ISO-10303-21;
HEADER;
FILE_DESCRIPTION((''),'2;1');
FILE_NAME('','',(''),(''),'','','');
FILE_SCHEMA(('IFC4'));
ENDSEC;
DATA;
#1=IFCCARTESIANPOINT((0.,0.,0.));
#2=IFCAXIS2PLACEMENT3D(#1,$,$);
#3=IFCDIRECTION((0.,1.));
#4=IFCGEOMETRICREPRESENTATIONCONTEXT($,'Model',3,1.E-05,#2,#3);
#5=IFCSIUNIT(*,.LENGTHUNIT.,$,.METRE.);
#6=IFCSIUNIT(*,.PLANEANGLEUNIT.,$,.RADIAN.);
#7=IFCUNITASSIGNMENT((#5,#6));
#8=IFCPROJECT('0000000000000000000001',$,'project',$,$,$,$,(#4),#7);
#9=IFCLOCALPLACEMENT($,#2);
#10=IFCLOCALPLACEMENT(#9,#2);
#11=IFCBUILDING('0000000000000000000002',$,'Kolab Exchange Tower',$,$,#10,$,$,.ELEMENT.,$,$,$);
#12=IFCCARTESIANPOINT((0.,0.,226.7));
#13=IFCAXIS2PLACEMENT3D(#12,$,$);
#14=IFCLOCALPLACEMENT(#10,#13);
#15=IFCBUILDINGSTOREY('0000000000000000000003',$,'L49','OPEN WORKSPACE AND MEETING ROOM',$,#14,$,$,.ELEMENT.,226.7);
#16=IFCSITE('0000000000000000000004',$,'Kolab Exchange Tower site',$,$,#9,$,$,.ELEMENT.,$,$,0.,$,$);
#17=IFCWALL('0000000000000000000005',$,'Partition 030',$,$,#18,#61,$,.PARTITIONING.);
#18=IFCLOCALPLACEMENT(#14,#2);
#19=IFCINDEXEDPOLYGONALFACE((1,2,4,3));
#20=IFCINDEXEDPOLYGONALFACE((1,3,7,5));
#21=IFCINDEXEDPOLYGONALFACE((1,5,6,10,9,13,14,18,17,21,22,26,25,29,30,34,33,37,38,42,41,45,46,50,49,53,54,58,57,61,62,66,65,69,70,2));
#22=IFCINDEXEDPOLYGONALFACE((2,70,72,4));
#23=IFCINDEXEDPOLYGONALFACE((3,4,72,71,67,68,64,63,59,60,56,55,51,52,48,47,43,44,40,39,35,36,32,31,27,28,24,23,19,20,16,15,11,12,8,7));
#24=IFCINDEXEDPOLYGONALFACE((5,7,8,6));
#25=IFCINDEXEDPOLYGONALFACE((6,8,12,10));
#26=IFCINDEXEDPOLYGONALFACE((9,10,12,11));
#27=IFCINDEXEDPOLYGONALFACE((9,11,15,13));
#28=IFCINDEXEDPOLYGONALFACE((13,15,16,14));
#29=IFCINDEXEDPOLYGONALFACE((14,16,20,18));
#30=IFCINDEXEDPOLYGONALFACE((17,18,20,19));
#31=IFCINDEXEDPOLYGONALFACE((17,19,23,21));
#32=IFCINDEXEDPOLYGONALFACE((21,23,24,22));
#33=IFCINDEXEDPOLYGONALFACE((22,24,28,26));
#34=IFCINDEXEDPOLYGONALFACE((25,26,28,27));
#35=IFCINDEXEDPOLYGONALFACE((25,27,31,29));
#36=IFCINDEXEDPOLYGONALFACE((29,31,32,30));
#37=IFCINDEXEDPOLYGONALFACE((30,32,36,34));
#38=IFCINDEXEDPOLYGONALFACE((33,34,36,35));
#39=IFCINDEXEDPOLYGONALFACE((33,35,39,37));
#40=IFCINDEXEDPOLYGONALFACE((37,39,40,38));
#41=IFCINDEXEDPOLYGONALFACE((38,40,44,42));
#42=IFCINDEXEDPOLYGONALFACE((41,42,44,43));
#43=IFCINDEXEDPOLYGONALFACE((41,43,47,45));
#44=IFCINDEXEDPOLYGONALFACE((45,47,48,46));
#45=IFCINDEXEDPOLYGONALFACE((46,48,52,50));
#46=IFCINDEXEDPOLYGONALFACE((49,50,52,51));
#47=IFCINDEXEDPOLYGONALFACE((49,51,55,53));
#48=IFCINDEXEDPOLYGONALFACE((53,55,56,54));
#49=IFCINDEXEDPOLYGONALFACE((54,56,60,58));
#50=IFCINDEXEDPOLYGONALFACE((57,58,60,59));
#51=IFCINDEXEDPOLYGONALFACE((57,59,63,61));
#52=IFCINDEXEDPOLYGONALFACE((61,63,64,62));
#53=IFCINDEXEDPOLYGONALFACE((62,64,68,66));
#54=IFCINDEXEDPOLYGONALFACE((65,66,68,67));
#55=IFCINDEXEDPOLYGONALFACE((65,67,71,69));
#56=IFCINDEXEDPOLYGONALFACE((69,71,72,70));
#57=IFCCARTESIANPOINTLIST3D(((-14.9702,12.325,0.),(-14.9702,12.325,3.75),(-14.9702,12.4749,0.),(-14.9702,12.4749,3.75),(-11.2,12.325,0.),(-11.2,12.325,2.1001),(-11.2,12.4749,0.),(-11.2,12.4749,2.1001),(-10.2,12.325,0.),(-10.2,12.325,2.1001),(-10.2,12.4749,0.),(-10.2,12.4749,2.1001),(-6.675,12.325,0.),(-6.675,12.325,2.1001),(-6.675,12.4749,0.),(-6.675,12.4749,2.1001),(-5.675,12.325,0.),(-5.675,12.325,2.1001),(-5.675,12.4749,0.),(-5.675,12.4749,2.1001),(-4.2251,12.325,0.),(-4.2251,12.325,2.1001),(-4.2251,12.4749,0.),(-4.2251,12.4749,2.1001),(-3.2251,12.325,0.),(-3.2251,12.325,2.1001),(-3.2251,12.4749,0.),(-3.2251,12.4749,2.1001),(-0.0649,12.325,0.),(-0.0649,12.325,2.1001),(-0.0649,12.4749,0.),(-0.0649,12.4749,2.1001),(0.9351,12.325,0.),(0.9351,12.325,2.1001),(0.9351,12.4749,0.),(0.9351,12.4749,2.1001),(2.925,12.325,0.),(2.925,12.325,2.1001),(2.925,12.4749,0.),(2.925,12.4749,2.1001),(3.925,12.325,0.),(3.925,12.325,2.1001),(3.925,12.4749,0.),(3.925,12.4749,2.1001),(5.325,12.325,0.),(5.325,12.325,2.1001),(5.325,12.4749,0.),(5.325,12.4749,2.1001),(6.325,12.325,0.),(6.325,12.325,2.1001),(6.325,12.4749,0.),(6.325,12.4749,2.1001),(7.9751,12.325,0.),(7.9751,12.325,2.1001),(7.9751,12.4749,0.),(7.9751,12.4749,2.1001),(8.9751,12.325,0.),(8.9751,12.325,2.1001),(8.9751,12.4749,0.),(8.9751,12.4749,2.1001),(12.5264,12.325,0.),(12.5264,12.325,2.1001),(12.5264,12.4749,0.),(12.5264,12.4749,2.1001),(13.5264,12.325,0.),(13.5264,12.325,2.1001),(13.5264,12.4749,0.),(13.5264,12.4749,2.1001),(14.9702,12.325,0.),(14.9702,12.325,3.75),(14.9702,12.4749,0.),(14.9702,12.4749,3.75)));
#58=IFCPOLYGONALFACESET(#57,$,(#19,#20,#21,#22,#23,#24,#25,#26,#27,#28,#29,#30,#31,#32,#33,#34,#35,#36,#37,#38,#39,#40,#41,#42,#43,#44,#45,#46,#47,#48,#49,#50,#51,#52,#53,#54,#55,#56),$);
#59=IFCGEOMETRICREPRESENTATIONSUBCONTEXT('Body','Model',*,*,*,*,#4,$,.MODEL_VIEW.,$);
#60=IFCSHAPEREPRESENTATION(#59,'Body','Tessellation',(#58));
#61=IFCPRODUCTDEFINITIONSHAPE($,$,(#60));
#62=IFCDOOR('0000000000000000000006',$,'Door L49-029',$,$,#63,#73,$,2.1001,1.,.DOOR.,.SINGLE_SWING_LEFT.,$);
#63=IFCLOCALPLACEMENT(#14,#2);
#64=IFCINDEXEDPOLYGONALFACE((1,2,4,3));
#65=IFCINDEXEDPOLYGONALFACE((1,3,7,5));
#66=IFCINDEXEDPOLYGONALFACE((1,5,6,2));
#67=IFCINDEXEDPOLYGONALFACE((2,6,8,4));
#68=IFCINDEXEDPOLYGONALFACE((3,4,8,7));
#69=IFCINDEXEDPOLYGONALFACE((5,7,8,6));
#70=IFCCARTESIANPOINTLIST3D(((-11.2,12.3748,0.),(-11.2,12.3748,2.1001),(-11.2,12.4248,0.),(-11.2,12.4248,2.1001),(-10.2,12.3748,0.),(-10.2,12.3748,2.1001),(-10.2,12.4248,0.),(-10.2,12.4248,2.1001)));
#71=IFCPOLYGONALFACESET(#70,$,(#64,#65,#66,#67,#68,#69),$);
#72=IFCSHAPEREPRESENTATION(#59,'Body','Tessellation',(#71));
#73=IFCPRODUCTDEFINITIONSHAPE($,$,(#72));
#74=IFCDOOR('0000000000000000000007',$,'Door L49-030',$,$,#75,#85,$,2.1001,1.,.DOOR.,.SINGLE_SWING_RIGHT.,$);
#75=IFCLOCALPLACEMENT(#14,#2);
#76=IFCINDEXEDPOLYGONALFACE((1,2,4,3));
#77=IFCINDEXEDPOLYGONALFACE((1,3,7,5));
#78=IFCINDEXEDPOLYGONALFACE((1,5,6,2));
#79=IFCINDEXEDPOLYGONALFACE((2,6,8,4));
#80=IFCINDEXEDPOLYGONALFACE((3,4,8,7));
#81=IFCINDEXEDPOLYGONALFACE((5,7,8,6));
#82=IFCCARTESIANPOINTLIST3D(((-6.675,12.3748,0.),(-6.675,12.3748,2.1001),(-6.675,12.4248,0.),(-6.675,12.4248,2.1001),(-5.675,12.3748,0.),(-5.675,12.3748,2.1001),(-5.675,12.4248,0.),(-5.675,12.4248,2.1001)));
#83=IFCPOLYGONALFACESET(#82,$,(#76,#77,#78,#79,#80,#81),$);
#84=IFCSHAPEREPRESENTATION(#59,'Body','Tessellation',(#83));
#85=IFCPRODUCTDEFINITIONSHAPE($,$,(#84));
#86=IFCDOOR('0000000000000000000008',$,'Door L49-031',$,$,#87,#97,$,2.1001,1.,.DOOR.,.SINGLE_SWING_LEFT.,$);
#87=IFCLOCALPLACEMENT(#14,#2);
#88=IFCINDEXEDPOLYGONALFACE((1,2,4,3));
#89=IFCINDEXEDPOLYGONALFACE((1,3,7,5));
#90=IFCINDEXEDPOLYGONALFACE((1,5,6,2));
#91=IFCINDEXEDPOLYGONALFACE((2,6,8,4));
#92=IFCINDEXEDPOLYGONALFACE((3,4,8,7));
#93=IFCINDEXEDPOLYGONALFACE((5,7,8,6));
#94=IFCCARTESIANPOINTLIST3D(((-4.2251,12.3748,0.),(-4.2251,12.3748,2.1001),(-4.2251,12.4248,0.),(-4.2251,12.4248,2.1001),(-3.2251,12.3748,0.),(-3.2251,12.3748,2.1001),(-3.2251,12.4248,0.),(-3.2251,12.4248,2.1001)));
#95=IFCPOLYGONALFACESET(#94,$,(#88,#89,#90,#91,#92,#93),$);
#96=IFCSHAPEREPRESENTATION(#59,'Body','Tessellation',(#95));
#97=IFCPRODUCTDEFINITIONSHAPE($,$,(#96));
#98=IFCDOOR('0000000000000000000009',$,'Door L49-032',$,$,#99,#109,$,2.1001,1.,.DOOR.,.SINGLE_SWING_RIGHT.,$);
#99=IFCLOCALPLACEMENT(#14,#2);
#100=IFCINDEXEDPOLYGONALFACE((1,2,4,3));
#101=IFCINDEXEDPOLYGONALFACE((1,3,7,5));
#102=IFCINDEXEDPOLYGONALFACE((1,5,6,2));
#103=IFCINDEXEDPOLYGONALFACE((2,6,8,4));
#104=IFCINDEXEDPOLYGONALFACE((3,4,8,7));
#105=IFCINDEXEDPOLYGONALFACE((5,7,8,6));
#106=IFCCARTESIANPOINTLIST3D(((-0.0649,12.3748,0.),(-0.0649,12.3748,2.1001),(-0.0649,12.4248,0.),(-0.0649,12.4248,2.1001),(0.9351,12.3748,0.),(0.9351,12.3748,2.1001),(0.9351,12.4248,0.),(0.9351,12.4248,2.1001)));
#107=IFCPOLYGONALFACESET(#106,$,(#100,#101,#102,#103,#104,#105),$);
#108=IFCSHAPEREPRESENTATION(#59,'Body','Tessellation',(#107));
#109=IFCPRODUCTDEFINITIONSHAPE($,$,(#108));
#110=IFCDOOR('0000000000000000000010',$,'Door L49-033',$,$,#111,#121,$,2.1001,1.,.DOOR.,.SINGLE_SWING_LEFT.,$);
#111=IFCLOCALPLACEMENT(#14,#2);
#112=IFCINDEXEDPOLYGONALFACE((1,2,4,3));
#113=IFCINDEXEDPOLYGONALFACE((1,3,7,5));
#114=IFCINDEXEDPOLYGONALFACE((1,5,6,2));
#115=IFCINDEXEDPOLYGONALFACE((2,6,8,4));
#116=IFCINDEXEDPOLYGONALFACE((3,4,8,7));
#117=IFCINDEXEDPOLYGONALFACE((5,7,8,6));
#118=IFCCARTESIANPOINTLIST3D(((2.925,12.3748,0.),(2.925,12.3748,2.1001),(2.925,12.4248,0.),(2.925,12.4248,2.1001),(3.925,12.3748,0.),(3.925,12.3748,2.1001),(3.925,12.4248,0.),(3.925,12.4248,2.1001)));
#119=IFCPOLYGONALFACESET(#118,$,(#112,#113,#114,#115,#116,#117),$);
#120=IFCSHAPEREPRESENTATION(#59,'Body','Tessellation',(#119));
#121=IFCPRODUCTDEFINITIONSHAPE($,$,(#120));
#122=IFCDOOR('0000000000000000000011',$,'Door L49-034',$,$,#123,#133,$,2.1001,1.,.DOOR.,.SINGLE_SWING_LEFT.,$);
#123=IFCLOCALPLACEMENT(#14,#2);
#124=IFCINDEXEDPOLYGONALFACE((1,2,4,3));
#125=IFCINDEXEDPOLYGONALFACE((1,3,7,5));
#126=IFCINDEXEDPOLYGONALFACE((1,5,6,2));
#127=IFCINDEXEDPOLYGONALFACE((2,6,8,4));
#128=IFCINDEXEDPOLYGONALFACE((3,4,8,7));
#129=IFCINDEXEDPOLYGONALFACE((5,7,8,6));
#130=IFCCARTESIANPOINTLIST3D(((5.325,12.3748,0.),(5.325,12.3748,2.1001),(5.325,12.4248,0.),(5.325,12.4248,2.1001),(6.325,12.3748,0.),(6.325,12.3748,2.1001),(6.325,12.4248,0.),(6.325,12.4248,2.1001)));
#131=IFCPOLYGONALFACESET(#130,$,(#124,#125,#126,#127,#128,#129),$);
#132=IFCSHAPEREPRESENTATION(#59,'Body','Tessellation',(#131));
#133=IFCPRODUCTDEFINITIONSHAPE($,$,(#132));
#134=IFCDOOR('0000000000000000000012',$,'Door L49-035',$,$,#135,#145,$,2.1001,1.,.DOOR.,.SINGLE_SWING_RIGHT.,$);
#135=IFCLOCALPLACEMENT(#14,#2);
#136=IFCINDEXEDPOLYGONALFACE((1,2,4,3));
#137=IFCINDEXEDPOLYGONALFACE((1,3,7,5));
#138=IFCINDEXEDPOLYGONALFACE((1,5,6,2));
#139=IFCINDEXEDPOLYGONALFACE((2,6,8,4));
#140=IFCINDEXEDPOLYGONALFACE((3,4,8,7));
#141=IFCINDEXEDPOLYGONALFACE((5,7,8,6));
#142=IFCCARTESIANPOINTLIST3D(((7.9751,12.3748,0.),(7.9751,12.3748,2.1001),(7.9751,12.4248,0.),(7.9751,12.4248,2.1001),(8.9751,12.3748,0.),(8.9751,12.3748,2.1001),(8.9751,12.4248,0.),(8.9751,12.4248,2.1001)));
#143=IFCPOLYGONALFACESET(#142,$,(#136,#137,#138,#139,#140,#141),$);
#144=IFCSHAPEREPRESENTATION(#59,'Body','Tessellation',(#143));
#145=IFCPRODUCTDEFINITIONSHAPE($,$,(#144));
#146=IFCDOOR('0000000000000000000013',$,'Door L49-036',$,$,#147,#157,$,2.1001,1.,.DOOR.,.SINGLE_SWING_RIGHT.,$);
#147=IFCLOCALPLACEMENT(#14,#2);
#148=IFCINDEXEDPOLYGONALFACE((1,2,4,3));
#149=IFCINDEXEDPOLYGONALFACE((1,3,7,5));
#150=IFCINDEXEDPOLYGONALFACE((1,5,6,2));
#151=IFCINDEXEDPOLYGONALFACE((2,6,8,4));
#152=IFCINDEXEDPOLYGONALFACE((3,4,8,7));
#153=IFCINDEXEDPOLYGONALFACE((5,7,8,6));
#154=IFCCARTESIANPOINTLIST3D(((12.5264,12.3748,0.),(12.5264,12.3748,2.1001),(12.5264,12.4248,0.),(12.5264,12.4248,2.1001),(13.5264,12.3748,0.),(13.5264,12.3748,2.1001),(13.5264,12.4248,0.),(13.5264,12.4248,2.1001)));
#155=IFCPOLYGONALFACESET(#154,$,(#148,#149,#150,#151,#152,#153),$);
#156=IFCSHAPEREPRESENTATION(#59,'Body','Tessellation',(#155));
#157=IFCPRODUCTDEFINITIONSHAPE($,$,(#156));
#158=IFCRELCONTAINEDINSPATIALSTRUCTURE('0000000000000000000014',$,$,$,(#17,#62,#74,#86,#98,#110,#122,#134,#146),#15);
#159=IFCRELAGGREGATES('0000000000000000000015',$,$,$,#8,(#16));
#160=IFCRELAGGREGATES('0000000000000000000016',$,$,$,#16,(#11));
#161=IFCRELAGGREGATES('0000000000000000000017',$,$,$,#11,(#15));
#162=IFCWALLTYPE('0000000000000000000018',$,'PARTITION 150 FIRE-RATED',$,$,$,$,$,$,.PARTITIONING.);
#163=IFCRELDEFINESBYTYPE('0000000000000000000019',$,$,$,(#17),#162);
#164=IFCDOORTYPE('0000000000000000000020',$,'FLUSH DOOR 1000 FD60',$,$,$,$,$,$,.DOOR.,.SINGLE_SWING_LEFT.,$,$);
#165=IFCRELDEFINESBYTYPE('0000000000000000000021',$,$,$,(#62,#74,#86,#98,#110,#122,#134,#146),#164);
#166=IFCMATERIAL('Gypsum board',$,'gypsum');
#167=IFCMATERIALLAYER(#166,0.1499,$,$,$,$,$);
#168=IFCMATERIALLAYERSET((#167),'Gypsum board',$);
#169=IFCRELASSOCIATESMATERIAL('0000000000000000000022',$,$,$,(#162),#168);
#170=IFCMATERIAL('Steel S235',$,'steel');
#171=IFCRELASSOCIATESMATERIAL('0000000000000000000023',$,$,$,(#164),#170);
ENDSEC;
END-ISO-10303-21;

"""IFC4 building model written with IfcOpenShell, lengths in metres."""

from ifc_helpers import new_model, si_unit, direction, frame, frame_2d, origin, place, context, subcontext, project, spatial, rectangle, extrude, material, layer, layer_set, type_object, element, fill, save


model = new_model("IFC4")

# Units and contexts
model_context = context("Model", 3, precision=1e-05, world=origin(), true_north=direction((0.0, 1.0)))
body_context = subcontext(model_context, "Body", "Model", "MODEL_VIEW")
ifc_project = project(units=[si_unit("LENGTHUNIT", "METRE"), si_unit("PLANEANGLEUNIT", "RADIAN")], contexts=[model_context])

# Site, building, storey
site_placement = place(None, origin())
site = spatial("IfcSite", under=ifc_project, at=site_placement, Name="Kolab Exchange Tower site", CompositionType="ELEMENT", RefElevation=0.0)
building_placement = place(site_placement, origin())
building = spatial("IfcBuilding", under=site, at=building_placement, Name="Kolab Exchange Tower", CompositionType="ELEMENT")
storey_placement = place(building_placement, frame((0.0, 0.0, 226.7)))
storey = spatial("IfcBuildingStorey", under=building, at=storey_placement, Name="L49", Description="OPEN WORKSPACE AND MEETING ROOM", CompositionType="ELEMENT", Elevation=226.7)

# Shared definitions
ifc_material_1 = material(Name="Gypsum board", Category="gypsum")
ifc_layer_1 = layer(ifc_material_1, 0.1499)
ifc_layer_set_1 = layer_set([ifc_layer_1], Name="Gypsum board")
wall_type_1 = type_object("IfcWallType", Name="PARTITION 150 FIRE-RATED", PredefinedType="PARTITIONING", material=ifc_layer_set_1)

# Wall, openings, doors
wall_1_placement = place(storey_placement, frame((-14.9702, 12.3999, 0.0), z_axis=(0.0, 0.0, 1.0), x_axis=(1.0, 0.0, 0.0)))
wall_1 = element("IfcWall", 1, at=wall_1_placement, inside=storey, type_object=wall_type_1, Name="Partition 030", PredefinedType="PARTITIONING", context=body_context, shape_type="SweptSolid", body=[
    extrude(rectangle(XDim=29.9404, YDim=0.1499, at=frame_2d((14.9702, 0.0))), origin(), (0.0, 0.0, 1.0), 3.75),
])
opening_1_placement = place(wall_1_placement, frame((3.7703, 0.0, 0.0)))
opening_1 = element("IfcOpeningElement", 2, at=opening_1_placement, cuts=wall_1, PredefinedType="OPENING", context=body_context, shape_type="SweptSolid", body=[
    extrude(rectangle(XDim=1.0, YDim=2.1001, at=frame_2d((0.5, 1.05))), frame((0.0, 0.085, 0.0), z_axis=(0.0, -1.0, 0.0), x_axis=(1.0, 0.0, 0.0)), (0.0, 0.0, 1.0), 0.1699),
])
opening_2_placement = place(wall_1_placement, frame((8.2952, 0.0, 0.0)))
opening_2 = element("IfcOpeningElement", 3, at=opening_2_placement, cuts=wall_1, PredefinedType="OPENING", context=body_context, shape_type="SweptSolid", body=[
    extrude(rectangle(XDim=1.0, YDim=2.1001, at=frame_2d((0.5, 1.05))), frame((0.0, 0.085, 0.0), z_axis=(0.0, -1.0, 0.0), x_axis=(1.0, 0.0, 0.0)), (0.0, 0.0, 1.0), 0.1699),
])
opening_3_placement = place(wall_1_placement, frame((10.7451, 0.0, 0.0)))
opening_3 = element("IfcOpeningElement", 4, at=opening_3_placement, cuts=wall_1, PredefinedType="OPENING", context=body_context, shape_type="SweptSolid", body=[
    extrude(rectangle(XDim=1.0, YDim=2.1001, at=frame_2d((0.5, 1.05))), frame((0.0, 0.085, 0.0), z_axis=(0.0, -1.0, 0.0), x_axis=(1.0, 0.0, 0.0)), (0.0, 0.0, 1.0), 0.1699),
])
opening_4_placement = place(wall_1_placement, frame((14.9053, 0.0, 0.0)))
opening_4 = element("IfcOpeningElement", 5, at=opening_4_placement, cuts=wall_1, PredefinedType="OPENING", context=body_context, shape_type="SweptSolid", body=[
    extrude(rectangle(XDim=1.0, YDim=2.1001, at=frame_2d((0.5, 1.05))), frame((0.0, 0.085, 0.0), z_axis=(0.0, -1.0, 0.0), x_axis=(1.0, 0.0, 0.0)), (0.0, 0.0, 1.0), 0.1699),
])
opening_5_placement = place(wall_1_placement, frame((17.8953, 0.0, 0.0)))
opening_5 = element("IfcOpeningElement", 6, at=opening_5_placement, cuts=wall_1, PredefinedType="OPENING", context=body_context, shape_type="SweptSolid", body=[
    extrude(rectangle(XDim=1.0, YDim=2.1001, at=frame_2d((0.5, 1.05))), frame((0.0, 0.085, 0.0), z_axis=(0.0, -1.0, 0.0), x_axis=(1.0, 0.0, 0.0)), (0.0, 0.0, 1.0), 0.1699),
])
opening_6_placement = place(wall_1_placement, frame((20.2952, 0.0, 0.0)))
opening_6 = element("IfcOpeningElement", 7, at=opening_6_placement, cuts=wall_1, PredefinedType="OPENING", context=body_context, shape_type="SweptSolid", body=[
    extrude(rectangle(XDim=1.0, YDim=2.1001, at=frame_2d((0.5, 1.05))), frame((0.0, 0.085, 0.0), z_axis=(0.0, -1.0, 0.0), x_axis=(1.0, 0.0, 0.0)), (0.0, 0.0, 1.0), 0.1699),
])
opening_7_placement = place(wall_1_placement, frame((22.9453, 0.0, 0.0)))
opening_7 = element("IfcOpeningElement", 8, at=opening_7_placement, cuts=wall_1, PredefinedType="OPENING", context=body_context, shape_type="SweptSolid", body=[
    extrude(rectangle(XDim=1.0, YDim=2.1001, at=frame_2d((0.5, 1.05))), frame((0.0, 0.085, 0.0), z_axis=(0.0, -1.0, 0.0), x_axis=(1.0, 0.0, 0.0)), (0.0, 0.0, 1.0), 0.1699),
])
opening_8_placement = place(wall_1_placement, frame((27.4966, 0.0, 0.0)))
opening_8 = element("IfcOpeningElement", 9, at=opening_8_placement, cuts=wall_1, PredefinedType="OPENING", context=body_context, shape_type="SweptSolid", body=[
    extrude(rectangle(XDim=1.0, YDim=2.1001, at=frame_2d((0.5, 1.05))), frame((0.0, 0.085, 0.0), z_axis=(0.0, -1.0, 0.0), x_axis=(1.0, 0.0, 0.0)), (0.0, 0.0, 1.0), 0.1699),
])
ifc_material_2 = material(Name="Steel S235", Category="steel")
door_type = type_object("IfcDoorType", Name="FLUSH DOOR 1000 FD60", OperationType="SINGLE_SWING_LEFT", PredefinedType="DOOR", material=ifc_material_2)
door_1_placement = place(opening_1_placement, origin())
door_1 = element("IfcDoor", 10, at=door_1_placement, inside=storey, type_object=door_type, Name="Door L49-029", OperationType="SINGLE_SWING_LEFT", OverallHeight=2.1001, OverallWidth=1.0, PredefinedType="DOOR", context=body_context, shape_type="SweptSolid", body=[
    extrude(rectangle(XDim=1.0, YDim=2.1001, at=frame_2d((0.5, 1.05))), frame((0.0, 0.0249, 0.0), z_axis=(0.0, -1.0, 0.0), x_axis=(1.0, 0.0, 0.0)), (0.0, 0.0, 1.0), 0.05),
])
fill(opening_1, door_1)
door_2_placement = place(opening_2_placement, origin())
door_2 = element("IfcDoor", 11, at=door_2_placement, inside=storey, type_object=door_type, Name="Door L49-030", OperationType="SINGLE_SWING_RIGHT", OverallHeight=2.1001, OverallWidth=1.0, PredefinedType="DOOR", context=body_context, shape_type="SweptSolid", body=[
    extrude(rectangle(XDim=1.0, YDim=2.1001, at=frame_2d((0.5, 1.05))), frame((0.0, 0.0249, 0.0), z_axis=(0.0, -1.0, 0.0), x_axis=(1.0, 0.0, 0.0)), (0.0, 0.0, 1.0), 0.05),
])
fill(opening_2, door_2)
door_3_placement = place(opening_3_placement, origin())
door_3 = element("IfcDoor", 12, at=door_3_placement, inside=storey, type_object=door_type, Name="Door L49-031", OperationType="SINGLE_SWING_LEFT", OverallHeight=2.1001, OverallWidth=1.0, PredefinedType="DOOR", context=body_context, shape_type="SweptSolid", body=[
    extrude(rectangle(XDim=1.0, YDim=2.1001, at=frame_2d((0.5, 1.05))), frame((0.0, 0.0249, 0.0), z_axis=(0.0, -1.0, 0.0), x_axis=(1.0, 0.0, 0.0)), (0.0, 0.0, 1.0), 0.05),
])
fill(opening_3, door_3)
door_4_placement = place(opening_4_placement, origin())
door_4 = element("IfcDoor", 13, at=door_4_placement, inside=storey, type_object=door_type, Name="Door L49-032", OperationType="SINGLE_SWING_RIGHT", OverallHeight=2.1001, OverallWidth=1.0, PredefinedType="DOOR", context=body_context, shape_type="SweptSolid", body=[
    extrude(rectangle(XDim=1.0, YDim=2.1001, at=frame_2d((0.5, 1.05))), frame((0.0, 0.0249, 0.0), z_axis=(0.0, -1.0, 0.0), x_axis=(1.0, 0.0, 0.0)), (0.0, 0.0, 1.0), 0.05),
])
fill(opening_4, door_4)
door_5_placement = place(opening_5_placement, origin())
door_5 = element("IfcDoor", 14, at=door_5_placement, inside=storey, type_object=door_type, Name="Door L49-033", OperationType="SINGLE_SWING_LEFT", OverallHeight=2.1001, OverallWidth=1.0, PredefinedType="DOOR", context=body_context, shape_type="SweptSolid", body=[
    extrude(rectangle(XDim=1.0, YDim=2.1001, at=frame_2d((0.5, 1.05))), frame((0.0, 0.0249, 0.0), z_axis=(0.0, -1.0, 0.0), x_axis=(1.0, 0.0, 0.0)), (0.0, 0.0, 1.0), 0.05),
])
fill(opening_5, door_5)
door_6_placement = place(opening_6_placement, origin())
door_6 = element("IfcDoor", 15, at=door_6_placement, inside=storey, type_object=door_type, Name="Door L49-034", OperationType="SINGLE_SWING_LEFT", OverallHeight=2.1001, OverallWidth=1.0, PredefinedType="DOOR", context=body_context, shape_type="SweptSolid", body=[
    extrude(rectangle(XDim=1.0, YDim=2.1001, at=frame_2d((0.5, 1.05))), frame((0.0, 0.0249, 0.0), z_axis=(0.0, -1.0, 0.0), x_axis=(1.0, 0.0, 0.0)), (0.0, 0.0, 1.0), 0.05),
])
fill(opening_6, door_6)
door_7_placement = place(opening_7_placement, origin())
door_7 = element("IfcDoor", 16, at=door_7_placement, inside=storey, type_object=door_type, Name="Door L49-035", OperationType="SINGLE_SWING_RIGHT", OverallHeight=2.1001, OverallWidth=1.0, PredefinedType="DOOR", context=body_context, shape_type="SweptSolid", body=[
    extrude(rectangle(XDim=1.0, YDim=2.1001, at=frame_2d((0.5, 1.05))), frame((0.0, 0.0249, 0.0), z_axis=(0.0, -1.0, 0.0), x_axis=(1.0, 0.0, 0.0)), (0.0, 0.0, 1.0), 0.05),
])
fill(opening_7, door_7)
door_8_placement = place(opening_8_placement, origin())
door_8 = element("IfcDoor", 17, at=door_8_placement, inside=storey, type_object=door_type, Name="Door L49-036", OperationType="SINGLE_SWING_RIGHT", OverallHeight=2.1001, OverallWidth=1.0, PredefinedType="DOOR", context=body_context, shape_type="SweptSolid", body=[
    extrude(rectangle(XDim=1.0, YDim=2.1001, at=frame_2d((0.5, 1.05))), frame((0.0, 0.0249, 0.0), z_axis=(0.0, -1.0, 0.0), x_axis=(1.0, 0.0, 0.0)), (0.0, 0.0, 1.0), 0.05),
])
fill(opening_8, door_8)

save(model, "model.ifc")
